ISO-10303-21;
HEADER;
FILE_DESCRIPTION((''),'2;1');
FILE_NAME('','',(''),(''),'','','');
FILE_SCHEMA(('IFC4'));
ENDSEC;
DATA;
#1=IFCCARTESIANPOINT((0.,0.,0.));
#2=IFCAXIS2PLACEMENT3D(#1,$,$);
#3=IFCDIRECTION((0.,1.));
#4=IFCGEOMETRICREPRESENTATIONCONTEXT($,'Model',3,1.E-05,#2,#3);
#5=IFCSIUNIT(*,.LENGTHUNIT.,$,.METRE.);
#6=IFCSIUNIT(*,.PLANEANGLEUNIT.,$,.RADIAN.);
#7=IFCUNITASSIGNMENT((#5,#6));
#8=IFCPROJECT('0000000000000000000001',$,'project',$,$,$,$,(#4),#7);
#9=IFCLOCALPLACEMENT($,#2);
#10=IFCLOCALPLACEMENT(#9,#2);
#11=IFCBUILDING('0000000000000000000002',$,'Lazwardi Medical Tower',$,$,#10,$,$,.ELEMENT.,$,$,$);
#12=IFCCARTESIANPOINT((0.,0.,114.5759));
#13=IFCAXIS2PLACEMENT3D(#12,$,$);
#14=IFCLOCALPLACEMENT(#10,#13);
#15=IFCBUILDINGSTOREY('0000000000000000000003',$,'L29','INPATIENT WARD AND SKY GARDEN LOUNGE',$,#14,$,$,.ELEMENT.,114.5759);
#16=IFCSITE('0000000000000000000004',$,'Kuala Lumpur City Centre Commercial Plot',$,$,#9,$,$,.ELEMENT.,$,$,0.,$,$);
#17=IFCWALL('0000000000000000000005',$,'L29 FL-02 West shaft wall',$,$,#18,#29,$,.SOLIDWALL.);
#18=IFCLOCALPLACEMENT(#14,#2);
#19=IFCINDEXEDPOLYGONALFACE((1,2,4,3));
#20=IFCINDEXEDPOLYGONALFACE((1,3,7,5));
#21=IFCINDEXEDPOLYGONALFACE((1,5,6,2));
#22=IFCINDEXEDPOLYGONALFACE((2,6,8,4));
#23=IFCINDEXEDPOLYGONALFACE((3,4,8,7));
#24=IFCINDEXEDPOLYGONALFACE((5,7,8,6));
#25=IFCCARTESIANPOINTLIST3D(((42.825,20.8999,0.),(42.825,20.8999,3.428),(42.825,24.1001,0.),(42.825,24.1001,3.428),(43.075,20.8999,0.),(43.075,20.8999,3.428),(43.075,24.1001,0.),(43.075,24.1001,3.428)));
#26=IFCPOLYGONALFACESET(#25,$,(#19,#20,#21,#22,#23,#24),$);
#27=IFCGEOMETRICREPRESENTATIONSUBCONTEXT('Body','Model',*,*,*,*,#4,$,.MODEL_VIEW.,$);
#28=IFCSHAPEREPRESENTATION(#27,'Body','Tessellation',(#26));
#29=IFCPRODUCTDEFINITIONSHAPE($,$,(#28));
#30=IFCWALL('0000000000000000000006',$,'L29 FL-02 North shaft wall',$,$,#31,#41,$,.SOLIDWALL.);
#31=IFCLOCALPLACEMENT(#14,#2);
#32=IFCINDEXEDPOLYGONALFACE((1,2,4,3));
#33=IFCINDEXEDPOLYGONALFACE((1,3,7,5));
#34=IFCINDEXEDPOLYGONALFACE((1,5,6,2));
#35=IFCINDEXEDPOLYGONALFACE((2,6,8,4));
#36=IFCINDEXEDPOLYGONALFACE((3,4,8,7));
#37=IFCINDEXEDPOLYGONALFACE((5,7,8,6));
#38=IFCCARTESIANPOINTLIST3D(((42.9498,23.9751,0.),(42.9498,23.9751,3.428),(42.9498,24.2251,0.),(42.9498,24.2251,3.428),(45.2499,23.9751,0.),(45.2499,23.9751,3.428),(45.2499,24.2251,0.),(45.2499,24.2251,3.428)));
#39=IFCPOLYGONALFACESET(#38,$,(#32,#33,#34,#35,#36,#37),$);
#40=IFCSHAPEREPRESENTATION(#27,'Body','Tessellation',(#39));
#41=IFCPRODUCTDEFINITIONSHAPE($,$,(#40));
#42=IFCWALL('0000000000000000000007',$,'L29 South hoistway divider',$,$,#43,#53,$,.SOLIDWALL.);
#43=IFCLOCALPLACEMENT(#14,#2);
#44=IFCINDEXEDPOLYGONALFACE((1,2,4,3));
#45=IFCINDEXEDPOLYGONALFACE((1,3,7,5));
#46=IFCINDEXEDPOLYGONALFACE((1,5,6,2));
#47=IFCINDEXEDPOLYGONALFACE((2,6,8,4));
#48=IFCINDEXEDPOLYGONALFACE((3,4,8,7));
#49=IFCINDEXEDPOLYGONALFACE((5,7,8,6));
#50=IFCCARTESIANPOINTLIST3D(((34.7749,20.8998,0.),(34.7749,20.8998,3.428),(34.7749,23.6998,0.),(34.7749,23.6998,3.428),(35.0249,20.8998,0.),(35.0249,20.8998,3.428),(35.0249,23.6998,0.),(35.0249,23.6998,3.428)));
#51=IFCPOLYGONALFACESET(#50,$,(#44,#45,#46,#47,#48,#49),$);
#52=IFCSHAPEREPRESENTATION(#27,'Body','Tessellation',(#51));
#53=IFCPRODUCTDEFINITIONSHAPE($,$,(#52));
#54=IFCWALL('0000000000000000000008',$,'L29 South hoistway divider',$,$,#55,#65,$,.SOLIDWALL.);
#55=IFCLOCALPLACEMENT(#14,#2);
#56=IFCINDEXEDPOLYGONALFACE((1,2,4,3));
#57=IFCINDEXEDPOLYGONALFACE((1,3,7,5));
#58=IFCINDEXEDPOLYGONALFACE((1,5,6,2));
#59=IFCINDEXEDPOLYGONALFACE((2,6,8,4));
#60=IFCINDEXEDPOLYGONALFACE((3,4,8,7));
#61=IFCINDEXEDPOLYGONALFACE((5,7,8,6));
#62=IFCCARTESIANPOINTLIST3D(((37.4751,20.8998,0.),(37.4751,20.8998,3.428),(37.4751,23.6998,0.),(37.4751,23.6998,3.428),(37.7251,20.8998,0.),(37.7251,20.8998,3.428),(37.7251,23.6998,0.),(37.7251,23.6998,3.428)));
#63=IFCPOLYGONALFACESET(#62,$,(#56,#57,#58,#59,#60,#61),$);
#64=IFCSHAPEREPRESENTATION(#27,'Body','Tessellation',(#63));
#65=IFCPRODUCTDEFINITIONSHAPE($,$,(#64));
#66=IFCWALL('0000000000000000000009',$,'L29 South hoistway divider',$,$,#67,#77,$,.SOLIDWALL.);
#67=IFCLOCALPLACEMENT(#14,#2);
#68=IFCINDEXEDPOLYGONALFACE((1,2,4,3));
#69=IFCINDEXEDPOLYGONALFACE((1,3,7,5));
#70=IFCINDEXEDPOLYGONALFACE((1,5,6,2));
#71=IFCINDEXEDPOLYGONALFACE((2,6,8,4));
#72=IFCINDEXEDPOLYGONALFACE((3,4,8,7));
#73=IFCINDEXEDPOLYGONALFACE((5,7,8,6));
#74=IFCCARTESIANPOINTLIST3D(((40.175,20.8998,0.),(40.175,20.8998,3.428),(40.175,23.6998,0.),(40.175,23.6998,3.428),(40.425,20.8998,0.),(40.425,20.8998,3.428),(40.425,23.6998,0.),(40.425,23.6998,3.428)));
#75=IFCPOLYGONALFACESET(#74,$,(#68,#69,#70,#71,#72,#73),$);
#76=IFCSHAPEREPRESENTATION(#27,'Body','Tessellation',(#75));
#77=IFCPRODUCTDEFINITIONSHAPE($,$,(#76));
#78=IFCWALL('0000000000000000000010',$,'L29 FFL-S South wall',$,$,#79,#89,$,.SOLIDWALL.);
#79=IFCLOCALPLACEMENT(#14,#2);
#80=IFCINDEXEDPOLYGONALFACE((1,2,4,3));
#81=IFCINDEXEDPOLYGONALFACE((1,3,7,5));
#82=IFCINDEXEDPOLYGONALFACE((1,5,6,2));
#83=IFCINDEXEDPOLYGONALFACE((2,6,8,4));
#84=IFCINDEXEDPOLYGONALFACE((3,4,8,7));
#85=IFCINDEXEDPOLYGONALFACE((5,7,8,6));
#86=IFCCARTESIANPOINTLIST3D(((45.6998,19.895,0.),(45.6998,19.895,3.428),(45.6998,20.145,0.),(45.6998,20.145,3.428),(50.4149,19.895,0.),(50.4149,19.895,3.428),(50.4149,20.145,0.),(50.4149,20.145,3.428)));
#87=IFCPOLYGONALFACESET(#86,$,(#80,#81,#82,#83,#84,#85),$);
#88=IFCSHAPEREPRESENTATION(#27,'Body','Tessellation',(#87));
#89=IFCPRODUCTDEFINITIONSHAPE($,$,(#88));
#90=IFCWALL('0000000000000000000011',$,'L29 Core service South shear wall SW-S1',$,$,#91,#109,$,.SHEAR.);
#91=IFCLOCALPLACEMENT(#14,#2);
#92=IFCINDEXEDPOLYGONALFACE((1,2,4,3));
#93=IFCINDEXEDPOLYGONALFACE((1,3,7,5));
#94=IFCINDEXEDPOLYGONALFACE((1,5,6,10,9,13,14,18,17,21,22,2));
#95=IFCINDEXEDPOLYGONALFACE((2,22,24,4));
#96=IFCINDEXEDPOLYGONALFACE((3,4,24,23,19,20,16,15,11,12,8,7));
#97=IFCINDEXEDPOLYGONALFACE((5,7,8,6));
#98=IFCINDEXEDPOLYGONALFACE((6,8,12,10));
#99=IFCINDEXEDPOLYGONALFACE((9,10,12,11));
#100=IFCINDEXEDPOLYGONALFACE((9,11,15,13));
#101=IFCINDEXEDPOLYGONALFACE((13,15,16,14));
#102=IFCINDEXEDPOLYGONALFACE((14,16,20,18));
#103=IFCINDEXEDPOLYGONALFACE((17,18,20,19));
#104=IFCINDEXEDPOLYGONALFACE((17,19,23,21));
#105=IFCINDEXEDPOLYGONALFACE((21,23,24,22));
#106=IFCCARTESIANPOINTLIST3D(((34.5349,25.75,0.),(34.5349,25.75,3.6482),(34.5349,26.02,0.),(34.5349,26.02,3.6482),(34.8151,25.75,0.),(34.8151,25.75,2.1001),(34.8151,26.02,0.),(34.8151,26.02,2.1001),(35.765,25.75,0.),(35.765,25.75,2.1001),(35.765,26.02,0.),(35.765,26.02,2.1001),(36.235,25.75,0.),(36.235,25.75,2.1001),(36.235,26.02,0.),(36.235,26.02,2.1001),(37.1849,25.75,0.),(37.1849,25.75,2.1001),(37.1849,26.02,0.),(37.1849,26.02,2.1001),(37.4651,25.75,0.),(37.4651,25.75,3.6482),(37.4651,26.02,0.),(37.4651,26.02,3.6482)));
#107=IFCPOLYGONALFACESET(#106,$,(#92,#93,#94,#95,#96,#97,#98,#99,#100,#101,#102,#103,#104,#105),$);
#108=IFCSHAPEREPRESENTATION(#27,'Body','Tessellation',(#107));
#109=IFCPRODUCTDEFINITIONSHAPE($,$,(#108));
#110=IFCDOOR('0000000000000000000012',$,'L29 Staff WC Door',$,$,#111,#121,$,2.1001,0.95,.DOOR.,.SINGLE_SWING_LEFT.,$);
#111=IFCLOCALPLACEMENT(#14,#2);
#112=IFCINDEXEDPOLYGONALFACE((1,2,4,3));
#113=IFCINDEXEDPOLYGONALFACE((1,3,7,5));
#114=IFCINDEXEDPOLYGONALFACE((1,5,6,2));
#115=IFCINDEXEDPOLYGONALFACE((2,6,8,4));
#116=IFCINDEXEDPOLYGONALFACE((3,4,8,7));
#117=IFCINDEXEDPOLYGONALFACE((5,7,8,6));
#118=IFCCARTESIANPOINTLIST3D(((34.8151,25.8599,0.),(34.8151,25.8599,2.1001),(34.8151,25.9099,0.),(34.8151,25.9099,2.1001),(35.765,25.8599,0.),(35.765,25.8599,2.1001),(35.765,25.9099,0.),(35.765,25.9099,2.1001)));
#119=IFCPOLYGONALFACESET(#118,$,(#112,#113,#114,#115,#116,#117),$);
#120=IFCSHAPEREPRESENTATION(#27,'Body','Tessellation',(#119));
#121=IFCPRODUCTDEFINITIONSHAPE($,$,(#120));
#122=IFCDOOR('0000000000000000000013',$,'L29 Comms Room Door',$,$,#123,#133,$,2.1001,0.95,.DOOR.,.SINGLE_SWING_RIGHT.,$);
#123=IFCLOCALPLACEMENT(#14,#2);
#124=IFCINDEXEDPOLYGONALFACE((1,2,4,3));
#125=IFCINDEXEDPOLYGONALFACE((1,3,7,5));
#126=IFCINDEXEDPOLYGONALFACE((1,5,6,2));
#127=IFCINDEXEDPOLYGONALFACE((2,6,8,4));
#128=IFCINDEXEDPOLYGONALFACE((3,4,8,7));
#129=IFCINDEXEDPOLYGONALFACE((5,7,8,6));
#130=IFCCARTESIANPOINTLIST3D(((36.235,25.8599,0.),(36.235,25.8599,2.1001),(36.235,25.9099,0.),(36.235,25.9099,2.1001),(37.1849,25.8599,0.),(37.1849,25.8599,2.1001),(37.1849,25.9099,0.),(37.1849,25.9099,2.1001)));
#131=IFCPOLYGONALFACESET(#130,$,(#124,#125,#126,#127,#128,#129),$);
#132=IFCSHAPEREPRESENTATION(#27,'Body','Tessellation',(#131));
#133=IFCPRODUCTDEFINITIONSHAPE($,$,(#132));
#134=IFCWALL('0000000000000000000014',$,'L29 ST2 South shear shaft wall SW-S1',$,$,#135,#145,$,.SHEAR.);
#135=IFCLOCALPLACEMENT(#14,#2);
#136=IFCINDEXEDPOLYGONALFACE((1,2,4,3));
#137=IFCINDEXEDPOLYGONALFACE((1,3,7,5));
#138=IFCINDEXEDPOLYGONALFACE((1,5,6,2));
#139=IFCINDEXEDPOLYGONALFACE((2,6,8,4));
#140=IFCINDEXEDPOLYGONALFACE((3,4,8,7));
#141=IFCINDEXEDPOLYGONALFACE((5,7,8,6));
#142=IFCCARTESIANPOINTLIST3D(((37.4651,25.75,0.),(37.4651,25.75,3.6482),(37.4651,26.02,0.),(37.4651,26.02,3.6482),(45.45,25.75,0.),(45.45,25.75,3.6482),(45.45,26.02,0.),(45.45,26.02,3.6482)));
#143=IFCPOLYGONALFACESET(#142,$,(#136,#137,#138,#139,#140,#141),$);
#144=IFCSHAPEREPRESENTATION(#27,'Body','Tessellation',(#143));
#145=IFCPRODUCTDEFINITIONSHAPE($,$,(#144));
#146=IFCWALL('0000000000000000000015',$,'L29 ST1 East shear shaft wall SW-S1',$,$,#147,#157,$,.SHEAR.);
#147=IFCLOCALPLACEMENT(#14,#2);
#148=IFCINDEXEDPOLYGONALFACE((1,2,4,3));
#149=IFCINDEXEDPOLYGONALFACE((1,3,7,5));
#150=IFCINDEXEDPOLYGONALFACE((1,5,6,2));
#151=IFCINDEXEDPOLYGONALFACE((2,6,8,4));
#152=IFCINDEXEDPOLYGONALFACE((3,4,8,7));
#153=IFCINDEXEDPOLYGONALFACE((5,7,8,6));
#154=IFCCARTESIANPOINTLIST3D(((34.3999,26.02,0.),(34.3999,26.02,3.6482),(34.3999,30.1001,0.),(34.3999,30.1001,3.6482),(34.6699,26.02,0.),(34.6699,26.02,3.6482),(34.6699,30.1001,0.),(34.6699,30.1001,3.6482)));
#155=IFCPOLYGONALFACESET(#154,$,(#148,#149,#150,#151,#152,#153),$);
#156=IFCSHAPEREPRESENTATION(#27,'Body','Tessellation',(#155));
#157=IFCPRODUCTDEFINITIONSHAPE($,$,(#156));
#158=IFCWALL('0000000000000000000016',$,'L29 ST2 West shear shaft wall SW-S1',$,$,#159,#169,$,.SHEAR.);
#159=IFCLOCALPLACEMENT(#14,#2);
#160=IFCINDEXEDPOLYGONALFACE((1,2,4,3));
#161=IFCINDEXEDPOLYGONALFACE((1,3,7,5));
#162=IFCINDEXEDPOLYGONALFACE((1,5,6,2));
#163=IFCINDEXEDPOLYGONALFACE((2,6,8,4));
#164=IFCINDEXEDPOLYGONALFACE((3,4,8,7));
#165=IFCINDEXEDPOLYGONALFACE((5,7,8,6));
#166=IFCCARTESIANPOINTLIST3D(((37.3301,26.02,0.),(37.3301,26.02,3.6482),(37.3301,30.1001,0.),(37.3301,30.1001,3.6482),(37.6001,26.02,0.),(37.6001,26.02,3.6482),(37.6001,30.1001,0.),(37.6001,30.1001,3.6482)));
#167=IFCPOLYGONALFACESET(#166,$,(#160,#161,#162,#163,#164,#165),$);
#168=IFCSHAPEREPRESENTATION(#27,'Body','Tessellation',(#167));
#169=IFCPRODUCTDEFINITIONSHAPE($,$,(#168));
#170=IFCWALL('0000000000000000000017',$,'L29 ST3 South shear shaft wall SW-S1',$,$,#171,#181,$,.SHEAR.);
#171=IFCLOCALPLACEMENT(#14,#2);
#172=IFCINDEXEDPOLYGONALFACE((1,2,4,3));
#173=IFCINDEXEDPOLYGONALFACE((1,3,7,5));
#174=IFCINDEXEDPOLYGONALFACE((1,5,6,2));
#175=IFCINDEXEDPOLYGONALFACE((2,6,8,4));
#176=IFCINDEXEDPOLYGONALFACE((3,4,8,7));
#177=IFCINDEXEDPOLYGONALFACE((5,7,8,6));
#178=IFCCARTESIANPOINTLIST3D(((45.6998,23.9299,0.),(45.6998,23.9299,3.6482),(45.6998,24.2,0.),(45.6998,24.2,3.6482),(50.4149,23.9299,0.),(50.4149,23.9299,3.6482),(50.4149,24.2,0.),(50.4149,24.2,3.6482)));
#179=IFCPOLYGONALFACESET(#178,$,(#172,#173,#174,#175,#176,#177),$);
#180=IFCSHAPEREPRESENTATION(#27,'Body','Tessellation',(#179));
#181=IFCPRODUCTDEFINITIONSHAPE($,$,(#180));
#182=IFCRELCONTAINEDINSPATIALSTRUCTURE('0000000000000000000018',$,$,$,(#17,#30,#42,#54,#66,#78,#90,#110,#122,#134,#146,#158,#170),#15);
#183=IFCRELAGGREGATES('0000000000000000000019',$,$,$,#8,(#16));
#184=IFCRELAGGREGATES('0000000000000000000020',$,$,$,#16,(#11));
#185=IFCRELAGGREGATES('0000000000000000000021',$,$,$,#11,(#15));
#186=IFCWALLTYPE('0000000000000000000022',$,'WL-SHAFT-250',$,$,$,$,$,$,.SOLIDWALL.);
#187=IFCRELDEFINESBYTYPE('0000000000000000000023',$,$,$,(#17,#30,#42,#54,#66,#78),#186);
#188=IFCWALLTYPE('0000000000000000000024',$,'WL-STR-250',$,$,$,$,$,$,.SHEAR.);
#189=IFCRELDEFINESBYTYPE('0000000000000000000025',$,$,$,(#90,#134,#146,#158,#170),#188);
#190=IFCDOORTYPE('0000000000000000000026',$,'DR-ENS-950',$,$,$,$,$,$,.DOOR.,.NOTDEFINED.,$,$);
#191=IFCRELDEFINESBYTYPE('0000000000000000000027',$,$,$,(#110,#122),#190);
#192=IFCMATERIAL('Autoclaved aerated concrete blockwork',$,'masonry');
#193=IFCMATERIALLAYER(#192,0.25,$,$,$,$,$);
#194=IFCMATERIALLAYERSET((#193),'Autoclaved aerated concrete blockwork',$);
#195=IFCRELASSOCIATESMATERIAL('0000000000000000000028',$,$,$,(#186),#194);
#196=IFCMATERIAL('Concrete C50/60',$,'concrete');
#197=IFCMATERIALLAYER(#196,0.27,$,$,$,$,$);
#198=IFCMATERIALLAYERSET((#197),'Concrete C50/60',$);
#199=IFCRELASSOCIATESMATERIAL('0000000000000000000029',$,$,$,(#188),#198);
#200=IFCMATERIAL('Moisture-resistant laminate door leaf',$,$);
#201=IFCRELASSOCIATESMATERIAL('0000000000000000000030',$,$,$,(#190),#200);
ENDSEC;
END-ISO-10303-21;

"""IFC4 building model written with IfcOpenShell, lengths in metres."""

from ifc_helpers import new_model, si_unit, direction, frame, frame_2d, origin, place, context, subcontext, project, spatial, rectangle, extrude, material, layer, layer_set, type_object, element, fill, save


model = new_model("IFC4")

# Units and contexts
model_context = context("Model", 3, precision=1e-05, world=origin(), true_north=direction((0.0, 1.0)))
body_context = subcontext(model_context, "Body", "Model", "MODEL_VIEW")
ifc_project = project(units=[si_unit("LENGTHUNIT", "METRE"), si_unit("PLANEANGLEUNIT", "RADIAN")], contexts=[model_context])

# Site, building, storey
site_placement = place(None, origin())
site = spatial("IfcSite", under=ifc_project, at=site_placement, Name="Kuala Lumpur City Centre Commercial Plot", CompositionType="ELEMENT", RefElevation=0.0)
building_placement = place(site_placement, origin())
building = spatial("IfcBuilding", under=site, at=building_placement, Name="Lazwardi Medical Tower", CompositionType="ELEMENT")
storey_placement = place(building_placement, frame((0.0, 0.0, 114.5759)))
storey = spatial("IfcBuildingStorey", under=building, at=storey_placement, Name="L29", Description="INPATIENT WARD AND SKY GARDEN LOUNGE", CompositionType="ELEMENT", Elevation=114.5759)

# Walls
ifc_material_1 = material(Name="Autoclaved aerated concrete blockwork", Category="masonry")
ifc_layer_1 = layer(ifc_material_1, 0.25)
ifc_layer_set_1 = layer_set([ifc_layer_1], Name="Autoclaved aerated concrete blockwork")
wall_type_1 = type_object("IfcWallType", Name="WL-SHAFT-250", PredefinedType="SOLIDWALL", material=ifc_layer_set_1)
wall_1_placement = place(storey_placement, frame((42.95, 20.8999, 0.0), z_axis=(0.0, 0.0, 1.0), x_axis=(0.0, 1.0, 0.0)))
element("IfcWall", 1, at=wall_1_placement, inside=storey, type_object=wall_type_1, Name="L29 FL-02 West shaft wall", PredefinedType="SOLIDWALL", context=body_context, shape_type="SweptSolid", body=[
    extrude(rectangle(XDim=3.2002, YDim=0.25, at=frame_2d((1.6001, 0.0))), origin(), (0.0, 0.0, 1.0), 3.428),
])
wall_2_placement = place(storey_placement, frame((42.95, 24.1001, 0.0), z_axis=(0.0, 0.0, 1.0), x_axis=(1.0, 0.0, 0.0)))
element("IfcWall", 2, at=wall_2_placement, inside=storey, type_object=wall_type_1, Name="L29 FL-02 North shaft wall", PredefinedType="SOLIDWALL", context=body_context, shape_type="SweptSolid", body=[
    extrude(rectangle(XDim=2.3, YDim=0.25, at=frame_2d((1.1499, 0.0))), origin(), (0.0, 0.0, 1.0), 3.428),
])
for number, where, z_axis, x_axis, name in (
    (3, (34.8999, 20.8999, 0.0), (0.0, 0.0, 1.0), (0.0, 1.0, 0.0), "L29 South hoistway divider"),
    (4, (37.6001, 20.8999, 0.0), (0.0, 0.0, 1.0), (0.0, 1.0, 0.0), "L29 South hoistway divider"),
    (5, (40.3, 20.8999, 0.0), (0.0, 0.0, 1.0), (0.0, 1.0, 0.0), "L29 South hoistway divider"),
):
    element("IfcWall", number, at=place(storey_placement, frame(where, z_axis=z_axis, x_axis=x_axis)), inside=storey, type_object=wall_type_1, Name=name, PredefinedType="SOLIDWALL", context=body_context, shape_type="SweptSolid", body=[
        extrude(rectangle(XDim=2.8, YDim=0.25, at=frame_2d((1.3999, 0.0))), origin(), (0.0, 0.0, 1.0), 3.428),
    ])
wall_3_placement = place(storey_placement, frame((45.7, 20.02, 0.0), z_axis=(0.0, 0.0, 1.0), x_axis=(1.0, 0.0, 0.0)))
element("IfcWall", 6, at=wall_3_placement, inside=storey, type_object=wall_type_1, Name="L29 FFL-S South wall", PredefinedType="SOLIDWALL", context=body_context, shape_type="SweptSolid", body=[
    extrude(rectangle(XDim=4.7151, YDim=0.25, at=frame_2d((2.3574, 0.0))), origin(), (0.0, 0.0, 1.0), 3.428),
])

# Wall, openings, doors
ifc_material_2 = material(Name="Concrete C50/60", Category="concrete")
ifc_layer_2 = layer(ifc_material_2, 0.27)
ifc_layer_set_2 = layer_set([ifc_layer_2], Name="Concrete C50/60")
wall_type_2 = type_object("IfcWallType", Name="WL-STR-250", PredefinedType="SHEAR", material=ifc_layer_set_2)
wall_4_placement = place(storey_placement, frame((34.5349, 25.885, 0.0), z_axis=(0.0, 0.0, 1.0), x_axis=(1.0, 0.0, 0.0)))
wall_4 = element("IfcWall", 7, at=wall_4_placement, inside=storey, type_object=wall_type_2, Name="L29 Core service South shear wall SW-S1", PredefinedType="SHEAR", context=body_context, shape_type="SweptSolid", body=[
    extrude(rectangle(XDim=2.9302, YDim=0.27, at=frame_2d((1.4651, 0.0))), origin(), (0.0, 0.0, 1.0), 3.6482),
])
opening_1_placement = place(wall_4_placement, frame((0.28, 0.0, 0.0)))
opening_1 = element("IfcOpeningElement", 8, at=opening_1_placement, cuts=wall_4, PredefinedType="OPENING", context=body_context, shape_type="SweptSolid", body=[
    extrude(rectangle(XDim=0.95, YDim=2.1001, at=frame_2d((0.4751, 1.05))), frame((0.0, 0.145, 0.0), z_axis=(0.0, -1.0, 0.0), x_axis=(1.0, 0.0, 0.0)), (0.0, 0.0, 1.0), 0.29),
])
opening_2_placement = place(wall_4_placement, frame((1.7, 0.0, 0.0)))
opening_2 = element("IfcOpeningElement", 9, at=opening_2_placement, cuts=wall_4, PredefinedType="OPENING", context=body_context, shape_type="SweptSolid", body=[
    extrude(rectangle(XDim=0.95, YDim=2.1001, at=frame_2d((0.4751, 1.05))), frame((0.0, 0.145, 0.0), z_axis=(0.0, -1.0, 0.0), x_axis=(1.0, 0.0, 0.0)), (0.0, 0.0, 1.0), 0.29),
])
ifc_material_3 = material(Name="Moisture-resistant laminate door leaf")
door_type_1 = type_object("IfcDoorType", Name="DR-ENS-950", OperationType="NOTDEFINED", PredefinedType="DOOR", material=ifc_material_3)
door_1_placement = place(opening_1_placement, origin())
door_1 = element("IfcDoor", 10, at=door_1_placement, inside=storey, type_object=door_type_1, Name="L29 Staff WC Door", OperationType="SINGLE_SWING_LEFT", OverallHeight=2.1001, OverallWidth=0.95, PredefinedType="DOOR", context=body_context, shape_type="SweptSolid", body=[
    extrude(rectangle(XDim=0.95, YDim=2.1001, at=frame_2d((0.4751, 1.05))), frame((0.0, 0.0249, 0.0), z_axis=(0.0, -1.0, 0.0), x_axis=(1.0, 0.0, 0.0)), (0.0, 0.0, 1.0), 0.05),
])
fill(opening_1, door_1)
door_2_placement = place(opening_2_placement, origin())
door_2 = element("IfcDoor", 11, at=door_2_placement, inside=storey, type_object=door_type_1, Name="L29 Comms Room Door", OperationType="SINGLE_SWING_RIGHT", OverallHeight=2.1001, OverallWidth=0.95, PredefinedType="DOOR", context=body_context, shape_type="SweptSolid", body=[
    extrude(rectangle(XDim=0.95, YDim=2.1001, at=frame_2d((0.4751, 1.05))), frame((0.0, 0.0249, 0.0), z_axis=(0.0, -1.0, 0.0), x_axis=(1.0, 0.0, 0.0)), (0.0, 0.0, 1.0), 0.05),
])
fill(opening_2, door_2)

# Walls
wall_5_placement = place(storey_placement, frame((37.4651, 25.885, 0.0), z_axis=(0.0, 0.0, 1.0), x_axis=(1.0, 0.0, 0.0)))
element("IfcWall", 12, at=wall_5_placement, inside=storey, type_object=wall_type_2, Name="L29 ST2 South shear shaft wall SW-S1", PredefinedType="SHEAR", context=body_context, shape_type="SweptSolid", body=[
    extrude(rectangle(XDim=7.9849, YDim=0.27, at=frame_2d((3.9924, 0.0))), origin(), (0.0, 0.0, 1.0), 3.6482),
])
for number, where, z_axis, x_axis, name in (
    (13, (34.5349, 26.02, 0.0), (0.0, 0.0, 1.0), (0.0, 1.0, 0.0), "L29 ST1 East shear shaft wall SW-S1"),
    (14, (37.4651, 26.02, 0.0), (0.0, 0.0, 1.0), (0.0, 1.0, 0.0), "L29 ST2 West shear shaft wall SW-S1"),
):
    element("IfcWall", number, at=place(storey_placement, frame(where, z_axis=z_axis, x_axis=x_axis)), inside=storey, type_object=wall_type_2, Name=name, PredefinedType="SHEAR", context=body_context, shape_type="SweptSolid", body=[
        extrude(rectangle(XDim=4.0801, YDim=0.27, at=frame_2d((2.04, 0.0))), origin(), (0.0, 0.0, 1.0), 3.6482),
    ])
wall_6_placement = place(storey_placement, frame((45.7, 24.0649, 0.0), z_axis=(0.0, 0.0, 1.0), x_axis=(1.0, 0.0, 0.0)))
element("IfcWall", 15, at=wall_6_placement, inside=storey, type_object=wall_type_2, Name="L29 ST3 South shear shaft wall SW-S1", PredefinedType="SHEAR", context=body_context, shape_type="SweptSolid", body=[
    extrude(rectangle(XDim=4.7151, YDim=0.27, at=frame_2d((2.3574, 0.0))), origin(), (0.0, 0.0, 1.0), 3.6482),
])

save(model, "model.ifc")
